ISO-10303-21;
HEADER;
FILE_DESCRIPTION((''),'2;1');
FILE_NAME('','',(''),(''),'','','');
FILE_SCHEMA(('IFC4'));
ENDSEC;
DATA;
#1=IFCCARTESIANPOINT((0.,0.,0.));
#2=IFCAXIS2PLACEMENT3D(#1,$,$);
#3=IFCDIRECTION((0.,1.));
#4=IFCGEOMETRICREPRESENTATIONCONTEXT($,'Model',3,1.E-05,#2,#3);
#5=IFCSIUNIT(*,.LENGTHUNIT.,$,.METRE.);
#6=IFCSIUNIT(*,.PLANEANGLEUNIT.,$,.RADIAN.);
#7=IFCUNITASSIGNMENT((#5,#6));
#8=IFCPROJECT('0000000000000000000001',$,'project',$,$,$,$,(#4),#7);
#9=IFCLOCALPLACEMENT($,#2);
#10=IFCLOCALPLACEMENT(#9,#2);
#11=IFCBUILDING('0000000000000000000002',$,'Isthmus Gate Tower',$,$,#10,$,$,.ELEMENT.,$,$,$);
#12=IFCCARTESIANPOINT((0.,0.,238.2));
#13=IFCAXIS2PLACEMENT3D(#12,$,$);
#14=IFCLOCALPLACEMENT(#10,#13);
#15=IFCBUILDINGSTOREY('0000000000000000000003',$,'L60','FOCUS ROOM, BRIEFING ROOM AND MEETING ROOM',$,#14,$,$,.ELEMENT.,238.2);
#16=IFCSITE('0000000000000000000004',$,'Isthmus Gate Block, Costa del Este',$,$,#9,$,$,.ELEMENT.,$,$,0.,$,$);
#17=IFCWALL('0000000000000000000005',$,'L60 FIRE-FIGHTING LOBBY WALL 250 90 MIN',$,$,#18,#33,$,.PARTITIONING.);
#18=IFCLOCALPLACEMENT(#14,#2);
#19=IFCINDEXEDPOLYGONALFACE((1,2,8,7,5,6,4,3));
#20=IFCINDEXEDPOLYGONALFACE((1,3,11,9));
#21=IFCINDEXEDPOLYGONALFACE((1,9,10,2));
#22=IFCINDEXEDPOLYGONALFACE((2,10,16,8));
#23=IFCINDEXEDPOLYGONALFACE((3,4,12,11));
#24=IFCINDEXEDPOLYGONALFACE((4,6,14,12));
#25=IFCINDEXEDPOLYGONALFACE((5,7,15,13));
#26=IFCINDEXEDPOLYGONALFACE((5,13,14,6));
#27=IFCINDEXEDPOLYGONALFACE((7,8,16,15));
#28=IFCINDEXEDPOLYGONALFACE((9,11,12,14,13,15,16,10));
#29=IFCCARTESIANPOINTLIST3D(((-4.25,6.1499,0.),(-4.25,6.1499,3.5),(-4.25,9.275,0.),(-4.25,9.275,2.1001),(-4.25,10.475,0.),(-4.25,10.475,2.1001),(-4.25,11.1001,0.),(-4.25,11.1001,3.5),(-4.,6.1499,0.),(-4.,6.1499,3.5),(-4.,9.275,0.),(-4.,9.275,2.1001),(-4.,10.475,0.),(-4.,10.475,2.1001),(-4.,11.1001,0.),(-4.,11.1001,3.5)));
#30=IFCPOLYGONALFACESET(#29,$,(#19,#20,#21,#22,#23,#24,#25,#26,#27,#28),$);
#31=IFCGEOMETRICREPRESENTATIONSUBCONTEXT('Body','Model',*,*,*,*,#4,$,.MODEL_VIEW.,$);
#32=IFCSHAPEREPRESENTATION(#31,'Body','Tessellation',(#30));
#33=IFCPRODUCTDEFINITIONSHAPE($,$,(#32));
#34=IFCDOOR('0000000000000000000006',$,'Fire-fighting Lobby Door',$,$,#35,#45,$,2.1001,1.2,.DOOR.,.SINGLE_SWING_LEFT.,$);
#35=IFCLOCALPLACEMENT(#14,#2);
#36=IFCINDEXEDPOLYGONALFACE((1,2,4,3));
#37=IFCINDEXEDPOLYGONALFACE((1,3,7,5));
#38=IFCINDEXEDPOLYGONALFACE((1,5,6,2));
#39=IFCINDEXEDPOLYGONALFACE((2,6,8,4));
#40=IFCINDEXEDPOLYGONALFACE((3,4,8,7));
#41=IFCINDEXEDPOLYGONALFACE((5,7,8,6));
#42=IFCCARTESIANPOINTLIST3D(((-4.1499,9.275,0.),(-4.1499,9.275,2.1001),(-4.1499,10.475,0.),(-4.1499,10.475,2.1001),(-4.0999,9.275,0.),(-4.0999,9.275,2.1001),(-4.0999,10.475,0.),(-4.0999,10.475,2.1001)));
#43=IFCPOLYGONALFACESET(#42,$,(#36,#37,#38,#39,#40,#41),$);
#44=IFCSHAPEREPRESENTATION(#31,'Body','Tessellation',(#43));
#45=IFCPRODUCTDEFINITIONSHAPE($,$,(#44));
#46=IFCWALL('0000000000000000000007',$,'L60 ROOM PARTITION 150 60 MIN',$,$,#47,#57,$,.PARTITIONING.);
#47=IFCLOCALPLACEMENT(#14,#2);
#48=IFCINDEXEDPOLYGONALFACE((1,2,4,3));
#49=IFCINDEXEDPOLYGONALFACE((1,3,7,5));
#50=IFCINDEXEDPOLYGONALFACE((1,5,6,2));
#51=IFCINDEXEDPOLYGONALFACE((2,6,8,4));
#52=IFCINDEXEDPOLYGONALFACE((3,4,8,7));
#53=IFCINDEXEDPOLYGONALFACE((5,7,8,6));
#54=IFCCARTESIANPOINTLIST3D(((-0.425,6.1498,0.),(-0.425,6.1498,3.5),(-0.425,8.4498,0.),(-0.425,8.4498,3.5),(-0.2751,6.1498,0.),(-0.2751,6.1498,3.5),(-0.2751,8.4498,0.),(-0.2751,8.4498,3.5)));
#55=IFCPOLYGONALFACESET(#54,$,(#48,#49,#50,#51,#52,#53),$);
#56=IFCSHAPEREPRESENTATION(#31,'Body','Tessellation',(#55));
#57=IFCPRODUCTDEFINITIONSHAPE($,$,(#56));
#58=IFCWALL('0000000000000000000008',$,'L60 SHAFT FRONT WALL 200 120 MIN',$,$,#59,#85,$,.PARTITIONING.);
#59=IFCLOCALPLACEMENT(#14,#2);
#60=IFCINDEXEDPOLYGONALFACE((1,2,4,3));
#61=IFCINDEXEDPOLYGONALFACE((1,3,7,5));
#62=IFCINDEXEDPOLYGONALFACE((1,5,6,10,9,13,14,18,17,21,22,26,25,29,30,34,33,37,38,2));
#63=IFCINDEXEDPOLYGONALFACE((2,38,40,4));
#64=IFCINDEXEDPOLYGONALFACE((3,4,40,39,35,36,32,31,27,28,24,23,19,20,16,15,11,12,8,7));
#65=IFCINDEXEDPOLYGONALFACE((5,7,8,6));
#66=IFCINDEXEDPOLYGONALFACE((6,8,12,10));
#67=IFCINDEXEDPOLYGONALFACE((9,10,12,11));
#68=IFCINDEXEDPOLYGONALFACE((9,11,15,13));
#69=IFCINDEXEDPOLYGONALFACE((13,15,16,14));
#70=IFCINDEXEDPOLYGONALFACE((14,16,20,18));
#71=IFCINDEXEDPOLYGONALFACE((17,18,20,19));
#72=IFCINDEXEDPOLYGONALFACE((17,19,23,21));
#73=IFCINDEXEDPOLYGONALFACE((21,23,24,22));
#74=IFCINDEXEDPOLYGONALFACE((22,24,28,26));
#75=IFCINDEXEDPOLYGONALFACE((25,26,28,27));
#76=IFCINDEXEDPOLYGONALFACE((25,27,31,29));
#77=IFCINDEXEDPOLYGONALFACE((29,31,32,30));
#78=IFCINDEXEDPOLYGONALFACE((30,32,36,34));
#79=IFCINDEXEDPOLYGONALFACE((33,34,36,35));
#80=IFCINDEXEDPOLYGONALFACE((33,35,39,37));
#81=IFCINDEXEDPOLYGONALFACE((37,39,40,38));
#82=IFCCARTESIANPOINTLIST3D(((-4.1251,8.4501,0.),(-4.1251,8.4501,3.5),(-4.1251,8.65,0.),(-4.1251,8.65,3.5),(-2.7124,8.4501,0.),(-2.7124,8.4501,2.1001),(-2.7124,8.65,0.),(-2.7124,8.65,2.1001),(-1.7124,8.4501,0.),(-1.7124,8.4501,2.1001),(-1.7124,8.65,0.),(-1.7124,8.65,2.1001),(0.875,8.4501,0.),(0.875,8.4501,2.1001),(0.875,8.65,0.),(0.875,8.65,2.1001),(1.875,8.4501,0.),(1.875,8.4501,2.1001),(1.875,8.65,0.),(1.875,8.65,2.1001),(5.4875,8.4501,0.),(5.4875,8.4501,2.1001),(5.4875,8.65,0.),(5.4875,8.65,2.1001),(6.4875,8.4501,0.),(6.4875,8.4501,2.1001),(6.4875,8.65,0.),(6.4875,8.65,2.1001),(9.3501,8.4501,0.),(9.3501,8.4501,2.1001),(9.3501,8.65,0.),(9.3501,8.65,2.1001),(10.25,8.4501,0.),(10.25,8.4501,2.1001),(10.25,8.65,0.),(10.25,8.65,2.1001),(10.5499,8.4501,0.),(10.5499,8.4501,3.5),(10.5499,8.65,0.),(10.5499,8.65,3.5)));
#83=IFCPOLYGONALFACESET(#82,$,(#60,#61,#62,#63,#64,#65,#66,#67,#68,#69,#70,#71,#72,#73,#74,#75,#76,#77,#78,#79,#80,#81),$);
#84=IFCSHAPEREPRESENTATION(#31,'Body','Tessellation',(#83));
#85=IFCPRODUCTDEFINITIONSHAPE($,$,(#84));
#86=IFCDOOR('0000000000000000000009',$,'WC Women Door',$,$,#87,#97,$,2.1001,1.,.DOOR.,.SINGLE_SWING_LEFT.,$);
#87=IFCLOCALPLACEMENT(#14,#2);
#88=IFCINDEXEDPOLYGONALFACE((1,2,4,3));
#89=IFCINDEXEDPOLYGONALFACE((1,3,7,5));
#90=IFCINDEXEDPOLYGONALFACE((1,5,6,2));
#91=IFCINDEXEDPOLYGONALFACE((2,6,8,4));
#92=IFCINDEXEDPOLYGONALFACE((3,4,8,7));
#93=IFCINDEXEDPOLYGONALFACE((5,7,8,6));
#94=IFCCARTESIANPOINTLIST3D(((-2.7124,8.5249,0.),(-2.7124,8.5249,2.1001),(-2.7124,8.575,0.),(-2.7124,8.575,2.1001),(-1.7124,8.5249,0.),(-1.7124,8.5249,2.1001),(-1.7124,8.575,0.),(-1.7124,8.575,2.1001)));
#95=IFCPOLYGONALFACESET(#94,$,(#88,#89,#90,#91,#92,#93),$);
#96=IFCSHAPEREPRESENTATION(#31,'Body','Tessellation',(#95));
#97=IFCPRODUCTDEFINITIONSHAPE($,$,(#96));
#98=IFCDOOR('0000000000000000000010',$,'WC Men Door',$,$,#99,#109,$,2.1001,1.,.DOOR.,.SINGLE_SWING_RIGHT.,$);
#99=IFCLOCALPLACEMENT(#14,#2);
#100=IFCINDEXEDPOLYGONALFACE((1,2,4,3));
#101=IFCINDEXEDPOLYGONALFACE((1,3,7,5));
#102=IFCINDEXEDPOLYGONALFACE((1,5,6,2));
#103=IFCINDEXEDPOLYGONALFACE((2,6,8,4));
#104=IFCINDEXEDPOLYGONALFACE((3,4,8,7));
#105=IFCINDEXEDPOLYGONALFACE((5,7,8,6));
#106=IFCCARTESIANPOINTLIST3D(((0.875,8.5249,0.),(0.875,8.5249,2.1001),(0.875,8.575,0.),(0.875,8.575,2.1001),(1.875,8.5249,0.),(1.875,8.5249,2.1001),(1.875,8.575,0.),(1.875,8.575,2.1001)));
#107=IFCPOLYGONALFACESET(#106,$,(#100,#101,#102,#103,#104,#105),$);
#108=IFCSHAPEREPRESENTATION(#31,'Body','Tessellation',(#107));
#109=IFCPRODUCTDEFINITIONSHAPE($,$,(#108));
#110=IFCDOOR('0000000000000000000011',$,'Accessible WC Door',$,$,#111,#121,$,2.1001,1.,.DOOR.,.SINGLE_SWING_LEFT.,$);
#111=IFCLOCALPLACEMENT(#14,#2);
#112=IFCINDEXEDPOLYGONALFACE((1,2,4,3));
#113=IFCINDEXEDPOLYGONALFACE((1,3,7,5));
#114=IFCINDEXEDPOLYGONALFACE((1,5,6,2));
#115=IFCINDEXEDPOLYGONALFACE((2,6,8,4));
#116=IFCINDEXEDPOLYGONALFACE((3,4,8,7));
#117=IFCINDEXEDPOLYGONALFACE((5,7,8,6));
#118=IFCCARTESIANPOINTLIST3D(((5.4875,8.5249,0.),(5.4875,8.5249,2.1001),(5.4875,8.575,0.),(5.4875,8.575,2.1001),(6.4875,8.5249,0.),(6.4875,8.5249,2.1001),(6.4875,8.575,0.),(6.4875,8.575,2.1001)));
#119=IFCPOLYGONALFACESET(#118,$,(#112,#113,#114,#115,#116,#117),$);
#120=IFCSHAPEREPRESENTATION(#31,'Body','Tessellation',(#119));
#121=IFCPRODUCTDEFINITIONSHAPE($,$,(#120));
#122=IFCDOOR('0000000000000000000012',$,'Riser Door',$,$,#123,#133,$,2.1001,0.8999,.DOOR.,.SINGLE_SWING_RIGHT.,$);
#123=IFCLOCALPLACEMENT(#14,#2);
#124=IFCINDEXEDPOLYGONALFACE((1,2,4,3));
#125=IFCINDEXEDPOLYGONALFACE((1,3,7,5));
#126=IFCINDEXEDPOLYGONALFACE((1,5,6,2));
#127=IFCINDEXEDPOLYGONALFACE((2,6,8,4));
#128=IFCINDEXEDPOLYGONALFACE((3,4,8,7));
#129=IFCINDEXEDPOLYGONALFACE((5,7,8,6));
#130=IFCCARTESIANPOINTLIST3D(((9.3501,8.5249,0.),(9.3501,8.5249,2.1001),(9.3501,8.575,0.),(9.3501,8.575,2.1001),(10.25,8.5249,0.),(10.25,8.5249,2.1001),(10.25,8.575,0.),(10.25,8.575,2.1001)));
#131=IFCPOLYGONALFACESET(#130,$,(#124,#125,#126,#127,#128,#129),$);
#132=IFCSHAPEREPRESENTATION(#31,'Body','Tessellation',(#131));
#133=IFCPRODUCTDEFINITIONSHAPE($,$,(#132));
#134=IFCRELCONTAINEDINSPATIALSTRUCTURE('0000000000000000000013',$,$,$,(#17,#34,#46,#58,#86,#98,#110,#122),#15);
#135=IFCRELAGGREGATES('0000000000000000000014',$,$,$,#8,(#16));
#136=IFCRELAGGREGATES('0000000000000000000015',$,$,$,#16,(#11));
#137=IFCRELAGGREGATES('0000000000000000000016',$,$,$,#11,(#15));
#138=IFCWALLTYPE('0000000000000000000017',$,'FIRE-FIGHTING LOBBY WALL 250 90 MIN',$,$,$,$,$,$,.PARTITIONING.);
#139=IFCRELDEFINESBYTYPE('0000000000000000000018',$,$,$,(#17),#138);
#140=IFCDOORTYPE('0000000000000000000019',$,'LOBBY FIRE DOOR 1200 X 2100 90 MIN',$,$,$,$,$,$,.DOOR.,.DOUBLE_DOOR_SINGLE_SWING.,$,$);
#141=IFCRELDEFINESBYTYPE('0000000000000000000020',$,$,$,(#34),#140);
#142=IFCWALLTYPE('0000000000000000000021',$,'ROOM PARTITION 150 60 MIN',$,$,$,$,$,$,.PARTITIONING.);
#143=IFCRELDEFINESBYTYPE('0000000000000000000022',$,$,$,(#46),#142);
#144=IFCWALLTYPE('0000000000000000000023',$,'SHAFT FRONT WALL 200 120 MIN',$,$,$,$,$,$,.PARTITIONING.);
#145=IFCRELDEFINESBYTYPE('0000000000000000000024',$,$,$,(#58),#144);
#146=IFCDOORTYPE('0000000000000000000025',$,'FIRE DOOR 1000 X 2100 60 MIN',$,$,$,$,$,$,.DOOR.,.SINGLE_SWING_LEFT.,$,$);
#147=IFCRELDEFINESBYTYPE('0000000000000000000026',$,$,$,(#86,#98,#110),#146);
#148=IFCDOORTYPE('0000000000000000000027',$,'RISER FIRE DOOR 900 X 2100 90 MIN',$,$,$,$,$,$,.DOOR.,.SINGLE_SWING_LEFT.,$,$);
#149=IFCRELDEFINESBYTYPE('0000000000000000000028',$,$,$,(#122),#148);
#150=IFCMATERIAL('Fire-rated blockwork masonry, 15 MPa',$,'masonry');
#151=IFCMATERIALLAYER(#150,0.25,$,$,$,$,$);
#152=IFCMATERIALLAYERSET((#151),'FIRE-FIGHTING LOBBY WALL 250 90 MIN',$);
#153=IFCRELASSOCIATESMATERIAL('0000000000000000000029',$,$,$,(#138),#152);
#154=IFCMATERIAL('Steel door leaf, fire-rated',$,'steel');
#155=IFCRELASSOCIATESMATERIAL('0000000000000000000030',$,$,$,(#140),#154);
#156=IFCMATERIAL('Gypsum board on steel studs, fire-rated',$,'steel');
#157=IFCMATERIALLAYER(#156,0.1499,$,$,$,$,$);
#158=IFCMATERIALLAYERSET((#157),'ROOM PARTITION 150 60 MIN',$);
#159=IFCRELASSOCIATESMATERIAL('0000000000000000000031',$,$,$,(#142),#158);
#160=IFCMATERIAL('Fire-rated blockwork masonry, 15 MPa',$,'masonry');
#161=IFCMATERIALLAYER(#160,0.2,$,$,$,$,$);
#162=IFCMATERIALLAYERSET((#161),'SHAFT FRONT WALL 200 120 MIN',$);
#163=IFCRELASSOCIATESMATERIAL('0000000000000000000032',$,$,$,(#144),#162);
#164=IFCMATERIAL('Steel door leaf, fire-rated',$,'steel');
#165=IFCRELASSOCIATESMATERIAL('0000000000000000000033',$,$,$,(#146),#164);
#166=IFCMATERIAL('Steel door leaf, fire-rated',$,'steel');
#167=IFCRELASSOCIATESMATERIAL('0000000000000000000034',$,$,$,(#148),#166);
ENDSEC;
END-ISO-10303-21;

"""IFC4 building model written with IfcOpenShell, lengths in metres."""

from ifc_helpers import new_model, si_unit, direction, frame, frame_2d, origin, place, context, subcontext, project, spatial, rectangle, extrude, material, layer, layer_set, type_object, element, fill, save


model = new_model("IFC4")

# Units and contexts
model_context = context("Model", 3, precision=1e-05, world=origin(), true_north=direction((0.0, 1.0)))
body_context = subcontext(model_context, "Body", "Model", "MODEL_VIEW")
ifc_project = project(units=[si_unit("LENGTHUNIT", "METRE"), si_unit("PLANEANGLEUNIT", "RADIAN")], contexts=[model_context])

# Site, building, storey
site_placement = place(None, origin())
site = spatial("IfcSite", under=ifc_project, at=site_placement, Name="Isthmus Gate Block, Costa del Este", CompositionType="ELEMENT", RefElevation=0.0)
building_placement = place(site_placement, origin())
building = spatial("IfcBuilding", under=site, at=building_placement, Name="Isthmus Gate Tower", CompositionType="ELEMENT")
storey_placement = place(building_placement, frame((0.0, 0.0, 238.2)))
storey = spatial("IfcBuildingStorey", under=building, at=storey_placement, Name="L60", Description="FOCUS ROOM, BRIEFING ROOM AND MEETING ROOM", CompositionType="ELEMENT", Elevation=238.2)

# Wall, opening, door
ifc_material_1 = material(Name="Fire-rated blockwork masonry, 15 MPa", Category="masonry")
ifc_layer_1 = layer(ifc_material_1, 0.25)
ifc_layer_set_1 = layer_set([ifc_layer_1], Name="FIRE-FIGHTING LOBBY WALL 250 90 MIN")
wall_type_1 = type_object("IfcWallType", Name="FIRE-FIGHTING LOBBY WALL 250 90 MIN", PredefinedType="PARTITIONING", material=ifc_layer_set_1)
wall_1_placement = place(storey_placement, frame((-4.125, 6.1499, 0.0), z_axis=(0.0, 0.0, 1.0), x_axis=(0.0, 1.0, 0.0)))
wall_1 = element("IfcWall", 1, at=wall_1_placement, inside=storey, type_object=wall_type_1, Name="L60 FIRE-FIGHTING LOBBY WALL 250 90 MIN", PredefinedType="PARTITIONING", context=body_context, shape_type="SweptSolid", body=[
    extrude(rectangle(XDim=4.9502, YDim=0.25, at=frame_2d((2.4751, 0.0))), origin(), (0.0, 0.0, 1.0), 3.5),
])
opening_1_placement = place(wall_1_placement, frame((3.125, 0.0, 0.0)))
opening_1 = element("IfcOpeningElement", 2, at=opening_1_placement, cuts=wall_1, PredefinedType="OPENING", context=body_context, shape_type="SweptSolid", body=[
    extrude(rectangle(XDim=1.2, YDim=2.1001, at=frame_2d((0.6001, 1.05))), frame((0.0, 0.135, 0.0), z_axis=(0.0, -1.0, 0.0), x_axis=(1.0, 0.0, 0.0)), (0.0, 0.0, 1.0), 0.27),
])
ifc_material_2 = material(Name="Steel door leaf, fire-rated", Category="steel")
door_type_1 = type_object("IfcDoorType", Name="LOBBY FIRE DOOR 1200 X 2100 90 MIN", OperationType="DOUBLE_DOOR_SINGLE_SWING", PredefinedType="DOOR", material=ifc_material_2)
door_1_placement = place(opening_1_placement, origin())
door_1 = element("IfcDoor", 3, at=door_1_placement, inside=storey, type_object=door_type_1, Name="Fire-fighting Lobby Door", OperationType="SINGLE_SWING_LEFT", OverallHeight=2.1001, OverallWidth=1.2, PredefinedType="DOOR", context=body_context, shape_type="SweptSolid", body=[
    extrude(rectangle(XDim=1.2, YDim=2.1001, at=frame_2d((0.6001, 1.05))), frame((0.0, 0.0249, 0.0), z_axis=(0.0, -1.0, 0.0), x_axis=(1.0, 0.0, 0.0)), (0.0, 0.0, 1.0), 0.05),
])
fill(opening_1, door_1)

# Wall
ifc_material_3 = material(Name="Gypsum board on steel studs, fire-rated", Category="steel")
ifc_layer_2 = layer(ifc_material_3, 0.1499)
ifc_layer_set_2 = layer_set([ifc_layer_2], Name="ROOM PARTITION 150 60 MIN")
wall_type_2 = type_object("IfcWallType", Name="ROOM PARTITION 150 60 MIN", PredefinedType="PARTITIONING", material=ifc_layer_set_2)
wall_2_placement = place(storey_placement, frame((-0.3501, 6.1499, 0.0), z_axis=(0.0, 0.0, 1.0), x_axis=(0.0, 1.0, 0.0)))
element("IfcWall", 4, at=wall_2_placement, inside=storey, type_object=wall_type_2, Name="L60 ROOM PARTITION 150 60 MIN", PredefinedType="PARTITIONING", context=body_context, shape_type="SweptSolid", body=[
    extrude(rectangle(XDim=2.3, YDim=0.1499, at=frame_2d((1.1499, 0.0))), origin(), (0.0, 0.0, 1.0), 3.5),
])

# Wall, openings, doors
ifc_material_4 = material(Name="Fire-rated blockwork masonry, 15 MPa", Category="masonry")
ifc_layer_3 = layer(ifc_material_4, 0.2)
ifc_layer_set_3 = layer_set([ifc_layer_3], Name="SHAFT FRONT WALL 200 120 MIN")
wall_type_3 = type_object("IfcWallType", Name="SHAFT FRONT WALL 200 120 MIN", PredefinedType="PARTITIONING", material=ifc_layer_set_3)
wall_3_placement = place(storey_placement, frame((-4.125, 8.55, 0.0), z_axis=(0.0, 0.0, 1.0), x_axis=(1.0, 0.0, 0.0)))
wall_3 = element("IfcWall", 5, at=wall_3_placement, inside=storey, type_object=wall_type_3, Name="L60 SHAFT FRONT WALL 200 120 MIN", PredefinedType="PARTITIONING", context=body_context, shape_type="SweptSolid", body=[
    extrude(rectangle(XDim=14.675, YDim=0.2, at=frame_2d((7.3374, 0.0))), origin(), (0.0, 0.0, 1.0), 3.5),
])
opening_2_placement = place(wall_3_placement, frame((1.4126, 0.0, 0.0)))
opening_2 = element("IfcOpeningElement", 6, at=opening_2_placement, cuts=wall_3, PredefinedType="OPENING", context=body_context, shape_type="SweptSolid", body=[
    extrude(rectangle(XDim=1.0, YDim=2.1001, at=frame_2d((0.5, 1.05))), frame((0.0, 0.1099, 0.0), z_axis=(0.0, -1.0, 0.0), x_axis=(1.0, 0.0, 0.0)), (0.0, 0.0, 1.0), 0.22),
])
opening_3_placement = place(wall_3_placement, frame((5.0, 0.0, 0.0)))
opening_3 = element("IfcOpeningElement", 7, at=opening_3_placement, cuts=wall_3, PredefinedType="OPENING", context=body_context, shape_type="SweptSolid", body=[
    extrude(rectangle(XDim=1.0, YDim=2.1001, at=frame_2d((0.5, 1.05))), frame((0.0, 0.1099, 0.0), z_axis=(0.0, -1.0, 0.0), x_axis=(1.0, 0.0, 0.0)), (0.0, 0.0, 1.0), 0.22),
])
opening_4_placement = place(wall_3_placement, frame((9.6125, 0.0, 0.0)))
opening_4 = element("IfcOpeningElement", 8, at=opening_4_placement, cuts=wall_3, PredefinedType="OPENING", context=body_context, shape_type="SweptSolid", body=[
    extrude(rectangle(XDim=1.0, YDim=2.1001, at=frame_2d((0.5, 1.05))), frame((0.0, 0.1099, 0.0), z_axis=(0.0, -1.0, 0.0), x_axis=(1.0, 0.0, 0.0)), (0.0, 0.0, 1.0), 0.22),
])
opening_5_placement = place(wall_3_placement, frame((13.4751, 0.0, 0.0)))
opening_5 = element("IfcOpeningElement", 9, at=opening_5_placement, cuts=wall_3, PredefinedType="OPENING", context=body_context, shape_type="SweptSolid", body=[
    extrude(rectangle(XDim=0.8999, YDim=2.1001, at=frame_2d((0.45, 1.05))), frame((0.0, 0.1099, 0.0), z_axis=(0.0, -1.0, 0.0), x_axis=(1.0, 0.0, 0.0)), (0.0, 0.0, 1.0), 0.22),
])
ifc_material_5 = material(Name="Steel door leaf, fire-rated", Category="steel")
door_type_2 = type_object("IfcDoorType", Name="FIRE DOOR 1000 X 2100 60 MIN", OperationType="SINGLE_SWING_LEFT", PredefinedType="DOOR", material=ifc_material_5)
door_2_placement = place(opening_2_placement, origin())
door_2 = element("IfcDoor", 10, at=door_2_placement, inside=storey, type_object=door_type_2, Name="WC Women Door", OperationType="SINGLE_SWING_LEFT", OverallHeight=2.1001, OverallWidth=1.0, PredefinedType="DOOR", context=body_context, shape_type="SweptSolid", body=[
    extrude(rectangle(XDim=1.0, YDim=2.1001, at=frame_2d((0.5, 1.05))), frame((0.0, 0.0249, 0.0), z_axis=(0.0, -1.0, 0.0), x_axis=(1.0, 0.0, 0.0)), (0.0, 0.0, 1.0), 0.05),
])
fill(opening_2, door_2)
door_3_placement = place(opening_3_placement, origin())
door_3 = element("IfcDoor", 11, at=door_3_placement, inside=storey, type_object=door_type_2, Name="WC Men Door", OperationType="SINGLE_SWING_RIGHT", OverallHeight=2.1001, OverallWidth=1.0, PredefinedType="DOOR", context=body_context, shape_type="SweptSolid", body=[
    extrude(rectangle(XDim=1.0, YDim=2.1001, at=frame_2d((0.5, 1.05))), frame((0.0, 0.0249, 0.0), z_axis=(0.0, -1.0, 0.0), x_axis=(1.0, 0.0, 0.0)), (0.0, 0.0, 1.0), 0.05),
])
fill(opening_3, door_3)
door_4_placement = place(opening_4_placement, origin())
door_4 = element("IfcDoor", 12, at=door_4_placement, inside=storey, type_object=door_type_2, Name="Accessible WC Door", OperationType="SINGLE_SWING_LEFT", OverallHeight=2.1001, OverallWidth=1.0, PredefinedType="DOOR", context=body_context, shape_type="SweptSolid", body=[
    extrude(rectangle(XDim=1.0, YDim=2.1001, at=frame_2d((0.5, 1.05))), frame((0.0, 0.0249, 0.0), z_axis=(0.0, -1.0, 0.0), x_axis=(1.0, 0.0, 0.0)), (0.0, 0.0, 1.0), 0.05),
])
fill(opening_4, door_4)
ifc_material_6 = material(Name="Steel door leaf, fire-rated", Category="steel")
door_type_3 = type_object("IfcDoorType", Name="RISER FIRE DOOR 900 X 2100 90 MIN", OperationType="SINGLE_SWING_LEFT", PredefinedType="DOOR", material=ifc_material_6)
door_5_placement = place(opening_5_placement, origin())
door_5 = element("IfcDoor", 13, at=door_5_placement, inside=storey, type_object=door_type_3, Name="Riser Door", OperationType="SINGLE_SWING_RIGHT", OverallHeight=2.1001, OverallWidth=0.8999, PredefinedType="DOOR", context=body_context, shape_type="SweptSolid", body=[
    extrude(rectangle(XDim=0.8999, YDim=2.1001, at=frame_2d((0.45, 1.05))), frame((0.0, 0.0249, 0.0), z_axis=(0.0, -1.0, 0.0), x_axis=(1.0, 0.0, 0.0)), (0.0, 0.0, 1.0), 0.05),
])
fill(opening_5, door_5)

save(model, "model.ifc")
